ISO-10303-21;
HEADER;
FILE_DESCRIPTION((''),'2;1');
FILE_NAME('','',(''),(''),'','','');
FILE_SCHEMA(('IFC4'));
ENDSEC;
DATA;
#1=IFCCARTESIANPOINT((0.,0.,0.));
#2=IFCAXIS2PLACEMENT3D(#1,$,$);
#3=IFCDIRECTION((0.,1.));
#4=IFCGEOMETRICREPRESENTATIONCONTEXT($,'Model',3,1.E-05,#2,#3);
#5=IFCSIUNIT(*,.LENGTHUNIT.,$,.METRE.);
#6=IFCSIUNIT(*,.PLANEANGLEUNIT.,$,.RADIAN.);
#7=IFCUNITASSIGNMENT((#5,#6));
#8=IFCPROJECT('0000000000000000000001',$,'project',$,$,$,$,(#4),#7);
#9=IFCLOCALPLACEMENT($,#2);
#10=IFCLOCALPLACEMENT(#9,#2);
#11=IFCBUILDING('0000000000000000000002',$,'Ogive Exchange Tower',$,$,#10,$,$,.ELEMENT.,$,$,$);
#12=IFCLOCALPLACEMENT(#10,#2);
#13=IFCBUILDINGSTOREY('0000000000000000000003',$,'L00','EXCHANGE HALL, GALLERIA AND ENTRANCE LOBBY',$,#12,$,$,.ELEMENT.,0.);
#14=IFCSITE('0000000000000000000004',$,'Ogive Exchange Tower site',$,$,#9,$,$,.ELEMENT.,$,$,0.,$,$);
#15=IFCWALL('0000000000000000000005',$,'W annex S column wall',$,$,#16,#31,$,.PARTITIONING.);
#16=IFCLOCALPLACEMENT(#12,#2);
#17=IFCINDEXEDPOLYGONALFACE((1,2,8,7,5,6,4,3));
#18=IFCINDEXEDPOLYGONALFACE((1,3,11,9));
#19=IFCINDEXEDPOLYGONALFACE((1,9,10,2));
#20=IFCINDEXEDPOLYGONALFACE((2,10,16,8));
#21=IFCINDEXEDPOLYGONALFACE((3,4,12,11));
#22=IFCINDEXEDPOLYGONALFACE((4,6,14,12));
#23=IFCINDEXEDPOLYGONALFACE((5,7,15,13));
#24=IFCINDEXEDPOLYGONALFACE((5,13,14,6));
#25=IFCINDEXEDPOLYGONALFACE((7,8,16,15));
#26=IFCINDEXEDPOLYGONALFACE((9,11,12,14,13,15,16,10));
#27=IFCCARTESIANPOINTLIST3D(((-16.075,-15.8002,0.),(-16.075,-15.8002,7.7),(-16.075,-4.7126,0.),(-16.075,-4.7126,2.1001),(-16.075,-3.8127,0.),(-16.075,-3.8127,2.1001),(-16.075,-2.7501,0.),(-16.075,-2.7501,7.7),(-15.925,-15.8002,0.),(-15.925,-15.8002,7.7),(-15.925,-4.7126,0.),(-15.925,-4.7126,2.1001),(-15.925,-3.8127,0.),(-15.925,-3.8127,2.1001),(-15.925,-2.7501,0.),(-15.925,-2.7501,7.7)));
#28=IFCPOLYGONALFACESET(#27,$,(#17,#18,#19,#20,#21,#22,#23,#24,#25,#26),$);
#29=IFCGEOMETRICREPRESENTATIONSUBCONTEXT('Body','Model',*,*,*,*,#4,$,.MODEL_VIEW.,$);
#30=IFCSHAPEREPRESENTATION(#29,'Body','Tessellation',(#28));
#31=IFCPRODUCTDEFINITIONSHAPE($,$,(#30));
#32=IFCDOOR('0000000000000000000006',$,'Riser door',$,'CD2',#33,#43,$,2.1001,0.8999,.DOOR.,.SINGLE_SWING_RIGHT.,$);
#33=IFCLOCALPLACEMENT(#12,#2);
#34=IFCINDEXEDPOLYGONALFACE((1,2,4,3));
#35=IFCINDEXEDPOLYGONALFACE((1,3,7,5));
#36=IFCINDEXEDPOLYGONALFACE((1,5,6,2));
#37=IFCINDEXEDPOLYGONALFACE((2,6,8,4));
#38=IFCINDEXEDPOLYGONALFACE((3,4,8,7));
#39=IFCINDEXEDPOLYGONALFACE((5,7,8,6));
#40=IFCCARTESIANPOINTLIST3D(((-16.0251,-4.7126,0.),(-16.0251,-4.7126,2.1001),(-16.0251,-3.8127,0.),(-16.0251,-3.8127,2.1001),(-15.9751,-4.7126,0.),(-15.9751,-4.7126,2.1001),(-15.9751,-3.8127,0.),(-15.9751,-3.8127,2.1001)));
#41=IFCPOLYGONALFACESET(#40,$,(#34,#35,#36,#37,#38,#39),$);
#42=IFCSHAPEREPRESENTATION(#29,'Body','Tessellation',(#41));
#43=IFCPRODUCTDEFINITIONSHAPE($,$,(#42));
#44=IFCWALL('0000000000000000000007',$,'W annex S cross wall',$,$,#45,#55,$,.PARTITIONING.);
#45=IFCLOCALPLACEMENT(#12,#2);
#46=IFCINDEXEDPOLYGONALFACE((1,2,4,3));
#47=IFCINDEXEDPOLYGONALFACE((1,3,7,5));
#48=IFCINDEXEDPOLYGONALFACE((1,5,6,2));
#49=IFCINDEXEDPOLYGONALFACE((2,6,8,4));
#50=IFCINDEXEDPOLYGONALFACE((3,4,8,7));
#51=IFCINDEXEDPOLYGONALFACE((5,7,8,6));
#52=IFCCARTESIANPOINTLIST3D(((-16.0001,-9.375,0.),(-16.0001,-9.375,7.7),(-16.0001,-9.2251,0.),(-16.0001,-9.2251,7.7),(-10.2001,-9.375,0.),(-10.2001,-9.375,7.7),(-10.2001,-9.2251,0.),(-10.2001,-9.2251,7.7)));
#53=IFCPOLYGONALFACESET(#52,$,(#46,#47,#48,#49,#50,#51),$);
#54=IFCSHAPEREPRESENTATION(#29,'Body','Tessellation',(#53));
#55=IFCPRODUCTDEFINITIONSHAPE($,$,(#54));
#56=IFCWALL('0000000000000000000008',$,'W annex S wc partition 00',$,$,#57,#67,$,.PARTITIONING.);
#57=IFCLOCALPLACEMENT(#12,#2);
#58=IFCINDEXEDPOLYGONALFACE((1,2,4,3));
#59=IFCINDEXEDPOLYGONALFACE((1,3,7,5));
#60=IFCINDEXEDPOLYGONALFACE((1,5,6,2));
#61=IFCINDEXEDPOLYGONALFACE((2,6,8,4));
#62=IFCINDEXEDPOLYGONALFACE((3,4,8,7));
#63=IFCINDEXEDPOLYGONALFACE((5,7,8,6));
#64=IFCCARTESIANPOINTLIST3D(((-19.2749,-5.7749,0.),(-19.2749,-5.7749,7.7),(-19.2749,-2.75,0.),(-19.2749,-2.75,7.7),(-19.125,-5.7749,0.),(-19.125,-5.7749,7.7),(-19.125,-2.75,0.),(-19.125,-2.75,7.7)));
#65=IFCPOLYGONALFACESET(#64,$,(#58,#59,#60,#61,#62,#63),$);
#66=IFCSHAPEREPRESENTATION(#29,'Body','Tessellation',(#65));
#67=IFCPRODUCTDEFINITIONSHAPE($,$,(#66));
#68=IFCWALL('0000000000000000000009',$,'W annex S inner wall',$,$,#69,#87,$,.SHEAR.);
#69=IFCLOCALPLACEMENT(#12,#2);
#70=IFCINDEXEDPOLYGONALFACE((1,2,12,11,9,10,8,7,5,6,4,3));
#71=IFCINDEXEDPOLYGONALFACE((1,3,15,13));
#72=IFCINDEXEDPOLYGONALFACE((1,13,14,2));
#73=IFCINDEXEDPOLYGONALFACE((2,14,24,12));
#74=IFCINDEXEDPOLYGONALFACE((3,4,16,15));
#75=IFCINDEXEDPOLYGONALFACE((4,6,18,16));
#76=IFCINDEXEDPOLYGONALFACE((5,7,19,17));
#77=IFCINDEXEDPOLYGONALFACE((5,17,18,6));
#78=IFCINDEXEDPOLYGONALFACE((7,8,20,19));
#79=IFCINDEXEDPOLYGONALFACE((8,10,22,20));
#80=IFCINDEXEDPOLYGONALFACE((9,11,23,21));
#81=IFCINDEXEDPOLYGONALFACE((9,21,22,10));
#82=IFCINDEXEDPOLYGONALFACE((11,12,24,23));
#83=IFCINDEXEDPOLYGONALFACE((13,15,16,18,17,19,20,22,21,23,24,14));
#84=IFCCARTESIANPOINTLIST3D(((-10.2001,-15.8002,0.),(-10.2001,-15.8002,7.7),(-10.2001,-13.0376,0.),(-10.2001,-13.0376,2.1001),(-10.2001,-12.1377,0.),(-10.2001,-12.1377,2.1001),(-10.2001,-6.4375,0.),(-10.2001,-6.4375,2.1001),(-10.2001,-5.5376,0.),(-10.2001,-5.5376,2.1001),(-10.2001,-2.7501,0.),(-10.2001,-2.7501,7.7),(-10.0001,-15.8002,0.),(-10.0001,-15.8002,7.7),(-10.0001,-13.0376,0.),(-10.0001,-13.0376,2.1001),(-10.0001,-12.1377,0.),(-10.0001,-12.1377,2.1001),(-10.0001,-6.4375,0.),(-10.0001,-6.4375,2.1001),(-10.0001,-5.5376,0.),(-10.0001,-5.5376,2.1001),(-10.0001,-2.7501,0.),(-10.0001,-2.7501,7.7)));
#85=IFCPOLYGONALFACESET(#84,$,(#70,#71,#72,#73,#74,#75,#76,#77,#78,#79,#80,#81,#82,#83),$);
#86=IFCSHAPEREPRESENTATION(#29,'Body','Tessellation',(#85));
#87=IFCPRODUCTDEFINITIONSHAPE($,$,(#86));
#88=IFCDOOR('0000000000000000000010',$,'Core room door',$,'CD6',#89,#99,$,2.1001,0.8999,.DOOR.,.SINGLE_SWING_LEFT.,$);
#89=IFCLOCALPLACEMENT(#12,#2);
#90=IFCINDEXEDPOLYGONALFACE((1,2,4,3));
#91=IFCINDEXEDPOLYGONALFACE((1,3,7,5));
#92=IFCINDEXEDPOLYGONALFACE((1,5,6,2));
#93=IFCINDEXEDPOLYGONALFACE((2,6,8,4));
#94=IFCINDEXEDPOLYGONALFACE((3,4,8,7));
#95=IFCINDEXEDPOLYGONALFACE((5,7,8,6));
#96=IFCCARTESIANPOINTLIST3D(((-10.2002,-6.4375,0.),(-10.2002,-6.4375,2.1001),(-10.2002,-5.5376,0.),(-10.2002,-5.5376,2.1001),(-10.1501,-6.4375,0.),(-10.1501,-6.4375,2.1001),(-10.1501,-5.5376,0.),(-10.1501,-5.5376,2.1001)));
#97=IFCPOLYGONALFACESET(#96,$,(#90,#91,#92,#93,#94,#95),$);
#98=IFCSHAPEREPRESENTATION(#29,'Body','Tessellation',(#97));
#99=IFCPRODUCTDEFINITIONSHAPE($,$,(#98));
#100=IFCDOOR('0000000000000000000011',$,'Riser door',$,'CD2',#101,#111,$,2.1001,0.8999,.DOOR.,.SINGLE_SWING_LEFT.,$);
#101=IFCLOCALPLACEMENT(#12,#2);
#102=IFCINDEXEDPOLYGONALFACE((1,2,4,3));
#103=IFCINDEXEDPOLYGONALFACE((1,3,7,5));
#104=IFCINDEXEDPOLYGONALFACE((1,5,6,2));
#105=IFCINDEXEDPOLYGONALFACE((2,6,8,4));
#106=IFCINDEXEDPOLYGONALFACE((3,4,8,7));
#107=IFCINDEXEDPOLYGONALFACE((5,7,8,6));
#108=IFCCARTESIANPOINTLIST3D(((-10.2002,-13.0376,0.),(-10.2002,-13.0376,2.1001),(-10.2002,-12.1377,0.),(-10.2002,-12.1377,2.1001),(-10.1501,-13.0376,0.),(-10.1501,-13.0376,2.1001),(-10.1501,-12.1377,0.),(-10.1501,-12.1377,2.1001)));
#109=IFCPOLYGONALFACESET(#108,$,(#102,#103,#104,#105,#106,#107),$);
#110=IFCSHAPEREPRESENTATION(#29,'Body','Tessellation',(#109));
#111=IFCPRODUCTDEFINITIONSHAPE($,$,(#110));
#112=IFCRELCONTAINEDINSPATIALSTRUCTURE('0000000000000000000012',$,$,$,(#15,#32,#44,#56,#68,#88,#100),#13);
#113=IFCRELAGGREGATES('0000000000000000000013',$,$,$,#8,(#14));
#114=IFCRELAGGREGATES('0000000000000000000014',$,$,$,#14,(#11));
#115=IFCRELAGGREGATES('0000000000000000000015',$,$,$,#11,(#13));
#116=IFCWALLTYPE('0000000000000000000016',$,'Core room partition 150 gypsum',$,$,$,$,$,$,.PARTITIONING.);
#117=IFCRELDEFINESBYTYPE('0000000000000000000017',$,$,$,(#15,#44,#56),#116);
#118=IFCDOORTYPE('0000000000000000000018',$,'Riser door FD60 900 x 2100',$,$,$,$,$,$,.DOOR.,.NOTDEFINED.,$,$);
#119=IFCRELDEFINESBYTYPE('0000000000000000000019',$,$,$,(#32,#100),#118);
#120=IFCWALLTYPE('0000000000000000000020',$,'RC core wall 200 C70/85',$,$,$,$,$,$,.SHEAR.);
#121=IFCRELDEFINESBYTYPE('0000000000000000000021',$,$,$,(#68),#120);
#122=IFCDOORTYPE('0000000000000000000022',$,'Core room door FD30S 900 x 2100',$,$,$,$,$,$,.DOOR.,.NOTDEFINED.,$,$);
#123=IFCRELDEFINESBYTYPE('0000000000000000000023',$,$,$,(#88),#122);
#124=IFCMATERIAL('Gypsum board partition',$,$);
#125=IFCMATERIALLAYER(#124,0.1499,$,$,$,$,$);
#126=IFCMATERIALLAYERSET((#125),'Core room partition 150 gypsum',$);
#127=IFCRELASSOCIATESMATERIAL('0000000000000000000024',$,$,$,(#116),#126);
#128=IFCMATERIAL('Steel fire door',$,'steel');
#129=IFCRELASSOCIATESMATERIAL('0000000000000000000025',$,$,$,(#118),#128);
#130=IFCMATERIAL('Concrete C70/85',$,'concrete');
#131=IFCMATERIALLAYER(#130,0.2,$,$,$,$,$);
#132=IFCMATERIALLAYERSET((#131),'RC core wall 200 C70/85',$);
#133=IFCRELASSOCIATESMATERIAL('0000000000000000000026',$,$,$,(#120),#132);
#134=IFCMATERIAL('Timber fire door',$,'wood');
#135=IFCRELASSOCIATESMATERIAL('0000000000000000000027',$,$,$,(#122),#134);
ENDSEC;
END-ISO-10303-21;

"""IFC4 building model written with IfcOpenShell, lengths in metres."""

from ifc_helpers import new_model, si_unit, direction, frame, frame_2d, origin, place, context, subcontext, project, spatial, rectangle, extrude, material, layer, layer_set, type_object, element, fill, save


model = new_model("IFC4")

# Units and contexts
model_context = context("Model", 3, precision=1e-05, world=origin(), true_north=direction((0.0, 1.0)))
body_context = subcontext(model_context, "Body", "Model", "MODEL_VIEW")
ifc_project = project(units=[si_unit("LENGTHUNIT", "METRE"), si_unit("PLANEANGLEUNIT", "RADIAN")], contexts=[model_context])

# Site, building, storey
site_placement = place(None, origin())
site = spatial("IfcSite", under=ifc_project, at=site_placement, Name="Ogive Exchange Tower site", CompositionType="ELEMENT", RefElevation=0.0)
building_placement = place(site_placement, origin())
building = spatial("IfcBuilding", under=site, at=building_placement, Name="Ogive Exchange Tower", CompositionType="ELEMENT")
storey_placement = place(building_placement, origin())
storey = spatial("IfcBuildingStorey", under=building, at=storey_placement, Name="L00", Description="EXCHANGE HALL, GALLERIA AND ENTRANCE LOBBY", CompositionType="ELEMENT", Elevation=0.0)

# Shared definitions
ifc_material_1 = material(Name="Concrete C70/85", Category="concrete")

# Wall, opening, door
ifc_material_2 = material(Name="Gypsum board partition")
ifc_layer_1 = layer(ifc_material_2, 0.1499)
ifc_layer_set_1 = layer_set([ifc_layer_1], Name="Core room partition 150 gypsum")
wall_type_1 = type_object("IfcWallType", Name="Core room partition 150 gypsum", PredefinedType="PARTITIONING", material=ifc_layer_set_1)
wall_1_placement = place(storey_placement, frame((-16.0, -15.8, 0.0), z_axis=(0.0, 0.0, 1.0), x_axis=(0.0, 1.0, 0.0)))
wall_1 = element("IfcWall", 1, at=wall_1_placement, inside=storey, type_object=wall_type_1, Name="W annex S column wall", PredefinedType="PARTITIONING", context=body_context, shape_type="SweptSolid", body=[
    extrude(rectangle(XDim=13.05, YDim=0.1499, at=frame_2d((6.5249, 0.0))), origin(), (0.0, 0.0, 1.0), 7.7),
])
opening_1_placement = place(wall_1_placement, frame((11.0874, 0.0, 0.0)))
opening_1 = element("IfcOpeningElement", 2, at=opening_1_placement, cuts=wall_1, PredefinedType="OPENING", context=body_context, shape_type="SweptSolid", body=[
    extrude(rectangle(XDim=0.8999, YDim=2.1001, at=frame_2d((0.45, 1.05))), frame((0.0, 0.085, 0.0), z_axis=(0.0, -1.0, 0.0), x_axis=(1.0, 0.0, 0.0)), (0.0, 0.0, 1.0), 0.1699),
])
ifc_material_3 = material(Name="Steel fire door", Category="steel")
door_type_1 = type_object("IfcDoorType", Name="Riser door FD60 900 x 2100", OperationType="NOTDEFINED", PredefinedType="DOOR", material=ifc_material_3)
door_1_placement = place(opening_1_placement, frame((0.8999, 0.0, 0.0), z_axis=(0.0, 0.0, 1.0), x_axis=(-1.0, 0.0, 0.0)))
door_1 = element("IfcDoor", 3, at=door_1_placement, inside=storey, type_object=door_type_1, Name="Riser door", ObjectType="CD2", OperationType="SINGLE_SWING_RIGHT", OverallHeight=2.1001, OverallWidth=0.8999, PredefinedType="DOOR", context=body_context, shape_type="SweptSolid", body=[
    extrude(rectangle(XDim=0.8999, YDim=2.1001, at=frame_2d((0.45, 1.05))), frame((0.0, 0.0249, 0.0), z_axis=(0.0, -1.0, 0.0), x_axis=(1.0, 0.0, 0.0)), (0.0, 0.0, 1.0), 0.05),
])
fill(opening_1, door_1)

# Walls
wall_2_placement = place(storey_placement, frame((-16.0, -9.3, 0.0), z_axis=(0.0, 0.0, 1.0), x_axis=(1.0, 0.0, 0.0)))
element("IfcWall", 4, at=wall_2_placement, inside=storey, type_object=wall_type_1, Name="W annex S cross wall", PredefinedType="PARTITIONING", context=body_context, shape_type="SweptSolid", body=[
    extrude(rectangle(XDim=5.8, YDim=0.1499, at=frame_2d((2.8999, 0.0))), origin(), (0.0, 0.0, 1.0), 7.7),
])
wall_3_placement = place(storey_placement, frame((-19.2, -5.7749, 0.0), z_axis=(0.0, 0.0, 1.0), x_axis=(0.0, 1.0, 0.0)))
element("IfcWall", 5, at=wall_3_placement, inside=storey, type_object=wall_type_1, Name="W annex S wc partition 00", PredefinedType="PARTITIONING", context=body_context, shape_type="SweptSolid", body=[
    extrude(rectangle(XDim=3.0249, YDim=0.1499, at=frame_2d((1.5125, 0.0))), origin(), (0.0, 0.0, 1.0), 7.7),
])

# Wall, openings, doors
ifc_layer_2 = layer(ifc_material_1, 0.2)
ifc_layer_set_2 = layer_set([ifc_layer_2], Name="RC core wall 200 C70/85")
wall_type_2 = type_object("IfcWallType", Name="RC core wall 200 C70/85", PredefinedType="SHEAR", material=ifc_layer_set_2)
wall_4_placement = place(storey_placement, frame((-10.1001, -15.8, 0.0), z_axis=(0.0, 0.0, 1.0), x_axis=(0.0, 1.0, 0.0)))
wall_4 = element("IfcWall", 6, at=wall_4_placement, inside=storey, type_object=wall_type_2, Name="W annex S inner wall", PredefinedType="SHEAR", context=body_context, shape_type="SweptSolid", body=[
    extrude(rectangle(XDim=13.05, YDim=0.2, at=frame_2d((6.5249, 0.0))), origin(), (0.0, 0.0, 1.0), 7.7),
])
opening_2_placement = place(wall_4_placement, frame((2.7625, 0.0, 0.0)))
opening_2 = element("IfcOpeningElement", 7, at=opening_2_placement, cuts=wall_4, PredefinedType="OPENING", context=body_context, shape_type="SweptSolid", body=[
    extrude(rectangle(XDim=0.8999, YDim=2.1001, at=frame_2d((0.45, 1.05))), frame((0.0, 0.1099, 0.0), z_axis=(0.0, -1.0, 0.0), x_axis=(1.0, 0.0, 0.0)), (0.0, 0.0, 1.0), 0.22),
])
opening_3_placement = place(wall_4_placement, frame((9.3625, 0.0, 0.0)))
opening_3 = element("IfcOpeningElement", 8, at=opening_3_placement, cuts=wall_4, PredefinedType="OPENING", context=body_context, shape_type="SweptSolid", body=[
    extrude(rectangle(XDim=0.8999, YDim=2.1001, at=frame_2d((0.45, 1.05))), frame((0.0, 0.1099, 0.0), z_axis=(0.0, -1.0, 0.0), x_axis=(1.0, 0.0, 0.0)), (0.0, 0.0, 1.0), 0.22),
])
ifc_material_4 = material(Name="Timber fire door", Category="wood")
door_type_2 = type_object("IfcDoorType", Name="Core room door FD30S 900 x 2100", OperationType="NOTDEFINED", PredefinedType="DOOR", material=ifc_material_4)
door_2_placement = place(opening_3_placement, origin())
door_2 = element("IfcDoor", 9, at=door_2_placement, inside=storey, type_object=door_type_2, Name="Core room door", ObjectType="CD6", OperationType="SINGLE_SWING_LEFT", OverallHeight=2.1001, OverallWidth=0.8999, PredefinedType="DOOR", context=body_context, shape_type="SweptSolid", body=[
    extrude(rectangle(XDim=0.8999, YDim=2.1001, at=frame_2d((0.45, 1.05))), frame((0.0, 0.1001, 0.0), z_axis=(0.0, -1.0, 0.0), x_axis=(1.0, 0.0, 0.0)), (0.0, 0.0, 1.0), 0.05),
])
fill(opening_3, door_2)
door_3_placement = place(opening_2_placement, origin())
door_3 = element("IfcDoor", 10, at=door_3_placement, inside=storey, type_object=door_type_1, Name="Riser door", ObjectType="CD2", OperationType="SINGLE_SWING_LEFT", OverallHeight=2.1001, OverallWidth=0.8999, PredefinedType="DOOR", context=body_context, shape_type="SweptSolid", body=[
    extrude(rectangle(XDim=0.8999, YDim=2.1001, at=frame_2d((0.45, 1.05))), frame((0.0, 0.1001, 0.0), z_axis=(0.0, -1.0, 0.0), x_axis=(1.0, 0.0, 0.0)), (0.0, 0.0, 1.0), 0.05),
])
fill(opening_2, door_3)

save(model, "model.ifc")
